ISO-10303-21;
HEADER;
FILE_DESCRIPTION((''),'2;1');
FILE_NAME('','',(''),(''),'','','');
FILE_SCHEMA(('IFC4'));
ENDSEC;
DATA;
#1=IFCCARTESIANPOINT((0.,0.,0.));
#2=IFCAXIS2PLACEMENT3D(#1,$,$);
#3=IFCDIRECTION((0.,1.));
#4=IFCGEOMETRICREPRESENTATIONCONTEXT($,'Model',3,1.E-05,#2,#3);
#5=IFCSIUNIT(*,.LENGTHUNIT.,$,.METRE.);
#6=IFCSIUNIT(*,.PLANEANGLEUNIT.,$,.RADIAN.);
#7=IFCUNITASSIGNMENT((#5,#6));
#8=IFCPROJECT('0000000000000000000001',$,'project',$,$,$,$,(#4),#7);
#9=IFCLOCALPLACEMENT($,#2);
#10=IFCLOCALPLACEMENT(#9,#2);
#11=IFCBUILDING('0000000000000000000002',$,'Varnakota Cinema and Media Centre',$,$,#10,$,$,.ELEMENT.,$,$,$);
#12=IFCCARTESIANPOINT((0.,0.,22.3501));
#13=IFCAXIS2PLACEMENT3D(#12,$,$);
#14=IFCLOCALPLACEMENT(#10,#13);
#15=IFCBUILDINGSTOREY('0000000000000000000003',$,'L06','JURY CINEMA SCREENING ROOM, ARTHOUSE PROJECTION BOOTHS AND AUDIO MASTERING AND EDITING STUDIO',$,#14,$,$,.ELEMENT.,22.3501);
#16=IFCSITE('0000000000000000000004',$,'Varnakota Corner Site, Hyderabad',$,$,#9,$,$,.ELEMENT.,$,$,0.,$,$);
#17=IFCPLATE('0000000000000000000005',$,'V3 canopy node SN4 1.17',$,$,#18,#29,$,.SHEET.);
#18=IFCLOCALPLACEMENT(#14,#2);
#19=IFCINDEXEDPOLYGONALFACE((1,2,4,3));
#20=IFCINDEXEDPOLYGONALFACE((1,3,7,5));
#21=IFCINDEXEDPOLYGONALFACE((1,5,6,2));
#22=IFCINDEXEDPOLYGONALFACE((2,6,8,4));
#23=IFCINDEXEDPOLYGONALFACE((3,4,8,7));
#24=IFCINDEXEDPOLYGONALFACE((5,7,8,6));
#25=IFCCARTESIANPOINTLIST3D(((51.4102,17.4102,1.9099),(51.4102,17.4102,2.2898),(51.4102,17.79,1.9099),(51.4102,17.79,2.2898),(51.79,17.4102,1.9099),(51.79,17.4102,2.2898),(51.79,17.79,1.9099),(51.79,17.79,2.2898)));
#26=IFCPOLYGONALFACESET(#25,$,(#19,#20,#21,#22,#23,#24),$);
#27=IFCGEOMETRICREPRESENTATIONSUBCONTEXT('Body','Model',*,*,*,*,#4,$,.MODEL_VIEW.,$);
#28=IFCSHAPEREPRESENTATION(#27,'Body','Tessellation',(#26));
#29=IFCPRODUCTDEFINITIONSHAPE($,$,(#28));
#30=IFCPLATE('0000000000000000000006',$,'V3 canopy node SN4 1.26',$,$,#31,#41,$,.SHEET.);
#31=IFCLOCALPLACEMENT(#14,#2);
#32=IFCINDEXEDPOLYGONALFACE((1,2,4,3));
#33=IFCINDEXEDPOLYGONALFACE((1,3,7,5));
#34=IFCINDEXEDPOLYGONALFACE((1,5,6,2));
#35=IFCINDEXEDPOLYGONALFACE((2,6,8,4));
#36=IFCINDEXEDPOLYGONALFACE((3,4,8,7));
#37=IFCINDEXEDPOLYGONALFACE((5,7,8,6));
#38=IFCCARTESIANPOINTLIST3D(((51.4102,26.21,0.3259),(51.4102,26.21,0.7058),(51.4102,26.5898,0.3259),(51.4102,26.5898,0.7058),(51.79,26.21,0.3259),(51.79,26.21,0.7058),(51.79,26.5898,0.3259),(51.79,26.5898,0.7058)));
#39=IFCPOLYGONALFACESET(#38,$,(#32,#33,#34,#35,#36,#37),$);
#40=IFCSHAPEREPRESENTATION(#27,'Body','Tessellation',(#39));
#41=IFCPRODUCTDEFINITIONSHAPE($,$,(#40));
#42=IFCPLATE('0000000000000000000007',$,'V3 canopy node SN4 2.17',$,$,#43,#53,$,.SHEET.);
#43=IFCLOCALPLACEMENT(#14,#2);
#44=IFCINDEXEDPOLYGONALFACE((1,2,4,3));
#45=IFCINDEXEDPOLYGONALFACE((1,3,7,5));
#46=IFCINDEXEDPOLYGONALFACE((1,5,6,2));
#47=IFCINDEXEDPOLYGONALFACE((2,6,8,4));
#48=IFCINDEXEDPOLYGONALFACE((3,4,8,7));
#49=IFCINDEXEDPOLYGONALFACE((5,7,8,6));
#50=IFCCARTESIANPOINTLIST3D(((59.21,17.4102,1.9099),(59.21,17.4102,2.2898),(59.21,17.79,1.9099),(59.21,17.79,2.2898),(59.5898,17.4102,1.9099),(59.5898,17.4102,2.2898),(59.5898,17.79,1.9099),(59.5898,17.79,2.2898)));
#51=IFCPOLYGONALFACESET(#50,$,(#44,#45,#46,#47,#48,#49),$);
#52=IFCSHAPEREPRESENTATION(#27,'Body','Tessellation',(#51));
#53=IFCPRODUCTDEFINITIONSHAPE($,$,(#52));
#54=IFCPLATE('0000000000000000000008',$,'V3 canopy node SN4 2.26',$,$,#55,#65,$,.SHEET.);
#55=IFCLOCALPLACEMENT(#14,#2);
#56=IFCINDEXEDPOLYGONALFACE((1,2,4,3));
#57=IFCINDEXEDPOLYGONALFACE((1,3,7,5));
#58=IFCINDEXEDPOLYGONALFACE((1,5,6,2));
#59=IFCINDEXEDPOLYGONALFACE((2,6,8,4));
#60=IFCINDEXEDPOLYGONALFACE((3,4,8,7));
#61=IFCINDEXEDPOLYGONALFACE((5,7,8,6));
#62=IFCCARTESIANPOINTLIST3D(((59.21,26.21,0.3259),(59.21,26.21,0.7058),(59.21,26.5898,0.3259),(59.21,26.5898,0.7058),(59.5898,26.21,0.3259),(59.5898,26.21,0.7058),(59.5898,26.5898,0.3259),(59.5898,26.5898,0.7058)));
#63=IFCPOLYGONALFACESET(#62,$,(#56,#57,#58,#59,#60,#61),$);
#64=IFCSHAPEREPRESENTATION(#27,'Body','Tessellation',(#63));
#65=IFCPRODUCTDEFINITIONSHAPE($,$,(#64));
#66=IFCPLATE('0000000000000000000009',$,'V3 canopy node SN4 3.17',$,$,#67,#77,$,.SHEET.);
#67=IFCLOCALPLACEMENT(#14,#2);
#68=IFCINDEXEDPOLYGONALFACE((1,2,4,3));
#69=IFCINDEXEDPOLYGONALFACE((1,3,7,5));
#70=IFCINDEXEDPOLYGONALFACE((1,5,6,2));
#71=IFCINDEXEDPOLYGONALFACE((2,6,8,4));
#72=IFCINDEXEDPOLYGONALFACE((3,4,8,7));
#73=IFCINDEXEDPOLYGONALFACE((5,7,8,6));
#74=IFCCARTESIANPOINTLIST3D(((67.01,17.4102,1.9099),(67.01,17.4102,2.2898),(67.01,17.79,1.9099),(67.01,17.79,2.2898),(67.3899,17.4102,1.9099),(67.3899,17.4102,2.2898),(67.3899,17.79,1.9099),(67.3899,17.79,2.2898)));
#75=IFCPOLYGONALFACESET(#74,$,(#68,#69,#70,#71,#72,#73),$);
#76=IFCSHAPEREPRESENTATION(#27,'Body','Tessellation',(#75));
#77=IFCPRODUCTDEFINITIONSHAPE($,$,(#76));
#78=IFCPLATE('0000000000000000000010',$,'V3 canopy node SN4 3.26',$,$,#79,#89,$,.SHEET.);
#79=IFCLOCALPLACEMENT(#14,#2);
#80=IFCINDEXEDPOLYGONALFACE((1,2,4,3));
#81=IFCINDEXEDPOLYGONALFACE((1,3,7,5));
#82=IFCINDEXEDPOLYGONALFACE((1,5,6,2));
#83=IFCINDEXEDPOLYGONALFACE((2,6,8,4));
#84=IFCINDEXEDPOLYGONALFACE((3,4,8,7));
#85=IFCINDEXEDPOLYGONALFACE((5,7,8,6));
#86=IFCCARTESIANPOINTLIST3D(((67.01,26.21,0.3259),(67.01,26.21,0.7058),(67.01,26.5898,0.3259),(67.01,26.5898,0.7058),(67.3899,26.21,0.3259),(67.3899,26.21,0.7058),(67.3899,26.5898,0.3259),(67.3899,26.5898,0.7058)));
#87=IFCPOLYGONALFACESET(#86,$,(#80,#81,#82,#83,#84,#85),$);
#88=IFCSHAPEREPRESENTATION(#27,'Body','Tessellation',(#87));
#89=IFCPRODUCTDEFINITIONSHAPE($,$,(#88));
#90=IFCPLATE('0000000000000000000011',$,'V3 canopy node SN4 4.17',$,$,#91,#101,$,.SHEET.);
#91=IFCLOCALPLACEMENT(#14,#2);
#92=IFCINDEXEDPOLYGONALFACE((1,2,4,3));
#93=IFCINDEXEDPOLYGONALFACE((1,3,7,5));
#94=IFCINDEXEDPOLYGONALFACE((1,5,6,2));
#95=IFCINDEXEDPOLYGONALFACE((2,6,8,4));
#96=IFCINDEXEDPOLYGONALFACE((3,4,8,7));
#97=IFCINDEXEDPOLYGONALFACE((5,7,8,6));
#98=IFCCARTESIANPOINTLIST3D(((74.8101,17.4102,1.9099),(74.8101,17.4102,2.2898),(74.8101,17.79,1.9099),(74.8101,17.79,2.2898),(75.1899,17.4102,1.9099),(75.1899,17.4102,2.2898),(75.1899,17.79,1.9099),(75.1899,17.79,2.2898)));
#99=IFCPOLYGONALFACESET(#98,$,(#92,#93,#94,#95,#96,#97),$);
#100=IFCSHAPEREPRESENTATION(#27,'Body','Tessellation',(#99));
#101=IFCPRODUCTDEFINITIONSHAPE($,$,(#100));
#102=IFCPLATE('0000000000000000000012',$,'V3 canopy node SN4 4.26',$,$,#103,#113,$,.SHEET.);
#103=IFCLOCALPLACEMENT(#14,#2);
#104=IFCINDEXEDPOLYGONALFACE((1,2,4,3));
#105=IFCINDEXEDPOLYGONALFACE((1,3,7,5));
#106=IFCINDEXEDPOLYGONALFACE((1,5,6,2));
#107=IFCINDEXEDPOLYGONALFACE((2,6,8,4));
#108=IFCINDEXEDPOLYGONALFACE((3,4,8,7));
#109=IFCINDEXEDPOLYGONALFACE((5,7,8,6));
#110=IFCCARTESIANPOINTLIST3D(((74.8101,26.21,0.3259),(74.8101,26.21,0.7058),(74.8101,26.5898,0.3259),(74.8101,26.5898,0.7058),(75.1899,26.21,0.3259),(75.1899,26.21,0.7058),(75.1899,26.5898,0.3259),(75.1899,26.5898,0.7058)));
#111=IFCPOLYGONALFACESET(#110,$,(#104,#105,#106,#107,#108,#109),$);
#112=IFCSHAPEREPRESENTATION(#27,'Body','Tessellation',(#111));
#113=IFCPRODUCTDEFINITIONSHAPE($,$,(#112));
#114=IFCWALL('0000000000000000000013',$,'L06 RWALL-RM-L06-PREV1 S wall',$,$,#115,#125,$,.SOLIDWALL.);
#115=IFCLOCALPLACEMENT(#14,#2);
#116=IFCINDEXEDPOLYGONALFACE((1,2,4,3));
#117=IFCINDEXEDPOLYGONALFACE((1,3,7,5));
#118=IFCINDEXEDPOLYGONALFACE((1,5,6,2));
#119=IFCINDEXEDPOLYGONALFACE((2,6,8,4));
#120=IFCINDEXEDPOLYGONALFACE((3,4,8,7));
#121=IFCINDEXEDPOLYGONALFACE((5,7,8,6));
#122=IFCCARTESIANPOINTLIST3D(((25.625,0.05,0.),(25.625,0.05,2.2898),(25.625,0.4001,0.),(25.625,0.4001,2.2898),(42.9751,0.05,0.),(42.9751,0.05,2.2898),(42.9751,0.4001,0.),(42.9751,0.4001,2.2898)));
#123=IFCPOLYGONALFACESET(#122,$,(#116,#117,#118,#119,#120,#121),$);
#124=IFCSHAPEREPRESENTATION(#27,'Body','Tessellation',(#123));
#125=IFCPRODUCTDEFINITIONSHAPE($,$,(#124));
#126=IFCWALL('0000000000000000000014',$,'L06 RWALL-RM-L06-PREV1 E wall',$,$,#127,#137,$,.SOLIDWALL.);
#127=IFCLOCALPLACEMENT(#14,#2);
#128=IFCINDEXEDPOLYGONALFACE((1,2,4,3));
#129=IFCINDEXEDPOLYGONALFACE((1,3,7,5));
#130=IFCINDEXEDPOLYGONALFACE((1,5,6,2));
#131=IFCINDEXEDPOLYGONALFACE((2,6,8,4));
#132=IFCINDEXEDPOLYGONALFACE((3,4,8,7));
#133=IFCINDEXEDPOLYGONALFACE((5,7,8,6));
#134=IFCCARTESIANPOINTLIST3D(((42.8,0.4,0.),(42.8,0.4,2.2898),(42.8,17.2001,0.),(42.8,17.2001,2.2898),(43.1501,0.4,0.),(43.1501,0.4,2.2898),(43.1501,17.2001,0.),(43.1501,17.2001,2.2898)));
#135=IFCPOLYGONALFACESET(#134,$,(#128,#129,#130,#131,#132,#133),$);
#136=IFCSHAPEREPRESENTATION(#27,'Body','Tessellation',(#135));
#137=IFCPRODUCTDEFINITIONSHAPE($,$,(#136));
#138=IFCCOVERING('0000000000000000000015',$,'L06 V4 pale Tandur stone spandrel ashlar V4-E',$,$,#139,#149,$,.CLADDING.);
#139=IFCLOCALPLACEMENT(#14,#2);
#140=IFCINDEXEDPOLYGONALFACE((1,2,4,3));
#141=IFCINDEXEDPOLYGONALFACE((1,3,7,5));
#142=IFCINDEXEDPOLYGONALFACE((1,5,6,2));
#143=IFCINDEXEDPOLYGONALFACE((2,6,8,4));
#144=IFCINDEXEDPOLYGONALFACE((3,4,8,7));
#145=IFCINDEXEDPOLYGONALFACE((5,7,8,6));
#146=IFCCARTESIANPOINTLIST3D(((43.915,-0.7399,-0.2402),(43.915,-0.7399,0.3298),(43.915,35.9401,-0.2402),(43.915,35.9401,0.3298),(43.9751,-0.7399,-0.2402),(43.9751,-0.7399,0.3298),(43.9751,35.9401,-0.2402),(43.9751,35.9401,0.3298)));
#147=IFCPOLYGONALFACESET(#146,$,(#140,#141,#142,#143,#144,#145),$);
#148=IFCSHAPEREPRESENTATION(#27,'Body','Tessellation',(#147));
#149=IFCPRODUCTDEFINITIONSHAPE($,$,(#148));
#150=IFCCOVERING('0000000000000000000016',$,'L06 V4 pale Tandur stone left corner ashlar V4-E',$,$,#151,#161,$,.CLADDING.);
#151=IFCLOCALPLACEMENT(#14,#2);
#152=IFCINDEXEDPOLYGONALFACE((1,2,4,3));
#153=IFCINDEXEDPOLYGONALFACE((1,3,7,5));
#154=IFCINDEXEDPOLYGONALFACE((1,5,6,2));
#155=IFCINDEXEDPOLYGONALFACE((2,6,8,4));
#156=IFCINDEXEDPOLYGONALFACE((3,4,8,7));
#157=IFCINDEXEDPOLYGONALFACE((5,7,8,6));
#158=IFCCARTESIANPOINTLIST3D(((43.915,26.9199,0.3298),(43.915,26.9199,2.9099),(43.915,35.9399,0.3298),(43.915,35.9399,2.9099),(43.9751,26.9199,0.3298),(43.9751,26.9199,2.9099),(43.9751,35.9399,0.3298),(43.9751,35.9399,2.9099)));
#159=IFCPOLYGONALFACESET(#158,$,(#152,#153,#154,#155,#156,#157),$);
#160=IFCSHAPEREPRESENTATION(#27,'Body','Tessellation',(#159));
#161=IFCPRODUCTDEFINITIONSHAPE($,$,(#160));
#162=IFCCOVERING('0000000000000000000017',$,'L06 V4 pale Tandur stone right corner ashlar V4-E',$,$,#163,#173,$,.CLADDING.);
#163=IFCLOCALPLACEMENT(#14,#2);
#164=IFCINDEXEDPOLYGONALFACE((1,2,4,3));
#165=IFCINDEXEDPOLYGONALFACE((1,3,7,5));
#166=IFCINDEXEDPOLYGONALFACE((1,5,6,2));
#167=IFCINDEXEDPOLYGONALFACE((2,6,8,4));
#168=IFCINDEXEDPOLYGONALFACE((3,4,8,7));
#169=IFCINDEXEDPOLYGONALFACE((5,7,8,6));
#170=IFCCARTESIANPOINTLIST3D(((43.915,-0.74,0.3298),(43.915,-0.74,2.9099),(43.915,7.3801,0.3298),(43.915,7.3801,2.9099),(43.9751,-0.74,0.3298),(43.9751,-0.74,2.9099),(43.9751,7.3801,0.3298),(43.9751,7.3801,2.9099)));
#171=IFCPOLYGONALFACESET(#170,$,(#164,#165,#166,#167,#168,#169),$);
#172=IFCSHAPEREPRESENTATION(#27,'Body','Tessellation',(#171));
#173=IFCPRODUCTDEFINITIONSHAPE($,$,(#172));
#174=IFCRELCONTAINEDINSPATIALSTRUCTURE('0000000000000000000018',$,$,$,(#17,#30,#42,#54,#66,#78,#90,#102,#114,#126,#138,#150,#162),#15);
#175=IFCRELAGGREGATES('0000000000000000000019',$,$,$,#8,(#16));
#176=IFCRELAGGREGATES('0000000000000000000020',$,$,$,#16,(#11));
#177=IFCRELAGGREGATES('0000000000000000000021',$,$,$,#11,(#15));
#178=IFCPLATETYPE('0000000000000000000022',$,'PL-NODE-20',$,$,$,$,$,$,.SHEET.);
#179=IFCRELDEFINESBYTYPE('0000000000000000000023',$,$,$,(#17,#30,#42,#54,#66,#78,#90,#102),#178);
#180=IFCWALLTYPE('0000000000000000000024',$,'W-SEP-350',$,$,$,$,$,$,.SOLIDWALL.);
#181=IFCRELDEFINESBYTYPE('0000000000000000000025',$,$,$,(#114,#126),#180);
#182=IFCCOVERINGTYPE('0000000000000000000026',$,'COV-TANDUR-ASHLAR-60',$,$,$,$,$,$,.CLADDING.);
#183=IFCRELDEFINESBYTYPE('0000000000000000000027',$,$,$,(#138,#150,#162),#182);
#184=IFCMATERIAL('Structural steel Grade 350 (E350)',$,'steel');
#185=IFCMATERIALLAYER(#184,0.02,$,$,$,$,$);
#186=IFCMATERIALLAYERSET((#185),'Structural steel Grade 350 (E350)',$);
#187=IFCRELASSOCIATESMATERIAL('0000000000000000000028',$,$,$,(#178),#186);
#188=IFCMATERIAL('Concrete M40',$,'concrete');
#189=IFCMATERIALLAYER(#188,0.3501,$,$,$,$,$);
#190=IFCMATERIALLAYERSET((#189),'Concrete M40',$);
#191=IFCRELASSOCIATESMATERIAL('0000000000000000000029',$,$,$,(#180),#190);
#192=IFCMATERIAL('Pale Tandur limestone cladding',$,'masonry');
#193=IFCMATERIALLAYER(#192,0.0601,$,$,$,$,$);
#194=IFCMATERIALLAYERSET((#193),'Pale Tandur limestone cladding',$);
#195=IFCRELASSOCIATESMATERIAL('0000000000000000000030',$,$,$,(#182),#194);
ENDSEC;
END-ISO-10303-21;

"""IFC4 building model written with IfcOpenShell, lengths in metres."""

from ifc_helpers import new_model, si_unit, direction, frame, frame_2d, origin, origin_2d, place, context, subcontext, project, spatial, rectangle, extrude, material, layer, layer_set, type_object, element, save


model = new_model("IFC4")

# Units and contexts
model_context = context("Model", 3, precision=1e-05, world=origin(), true_north=direction((0.0, 1.0)))
body_context = subcontext(model_context, "Body", "Model", "MODEL_VIEW")
ifc_project = project(units=[si_unit("LENGTHUNIT", "METRE"), si_unit("PLANEANGLEUNIT", "RADIAN")], contexts=[model_context])

# Site, building, storey
site_placement = place(None, origin())
site = spatial("IfcSite", under=ifc_project, at=site_placement, Name="Varnakota Corner Site, Hyderabad", CompositionType="ELEMENT", RefElevation=0.0)
building_placement = place(site_placement, origin())
building = spatial("IfcBuilding", under=site, at=building_placement, Name="Varnakota Cinema and Media Centre", CompositionType="ELEMENT")
storey_placement = place(building_placement, frame((0.0, 0.0, 22.3501)))
storey = spatial("IfcBuildingStorey", under=building, at=storey_placement, Name="L06", Description="JURY CINEMA SCREENING ROOM, ARTHOUSE PROJECTION BOOTHS AND AUDIO MASTERING AND EDITING STUDIO", CompositionType="ELEMENT", Elevation=22.3501)

# Plates
ifc_material_1 = material(Name="Structural steel Grade 350 (E350)", Category="steel")
ifc_layer_1 = layer(ifc_material_1, 0.02)
ifc_layer_set_1 = layer_set([ifc_layer_1], Name="Structural steel Grade 350 (E350)")
plate_type = type_object("IfcPlateType", Name="PL-NODE-20", PredefinedType="SHEET", material=ifc_layer_set_1)
for number, where, z_axis, x_axis, name in (
    (1, (51.6001, 17.6001, 1.9099), (0.0, 0.0, 1.0), (1.0, 0.0, 0.0), "V3 canopy node SN4 1.17"),
    (2, (51.6001, 26.3999, 0.3259), (0.0, 0.0, 1.0), (1.0, 0.0, 0.0), "V3 canopy node SN4 1.26"),
    (3, (59.3999, 17.6001, 1.9099), (0.0, 0.0, 1.0), (1.0, 0.0, 0.0), "V3 canopy node SN4 2.17"),
    (4, (59.3999, 26.3999, 0.3259), (0.0, 0.0, 1.0), (1.0, 0.0, 0.0), "V3 canopy node SN4 2.26"),
    (5, (67.2, 17.6001, 1.9099), (0.0, 0.0, 1.0), (1.0, 0.0, 0.0), "V3 canopy node SN4 3.17"),
    (6, (67.2, 26.3999, 0.3259), (0.0, 0.0, 1.0), (1.0, 0.0, 0.0), "V3 canopy node SN4 3.26"),
    (7, (75.0, 17.6001, 1.9099), (0.0, 0.0, 1.0), (1.0, 0.0, 0.0), "V3 canopy node SN4 4.17"),
    (8, (75.0, 26.3999, 0.3259), (0.0, 0.0, 1.0), (1.0, 0.0, 0.0), "V3 canopy node SN4 4.26"),
):
    element("IfcPlate", number, at=place(storey_placement, frame(where, z_axis=z_axis, x_axis=x_axis)), inside=storey, type_object=plate_type, Name=name, PredefinedType="SHEET", context=body_context, shape_type="SweptSolid", body=[
        extrude(rectangle(XDim=0.3799, YDim=0.3799, at=origin_2d()), origin(), (0.0, 0.0, 1.0), 0.3799),
    ])

# Walls
ifc_material_2 = material(Name="Concrete M40", Category="concrete")
ifc_layer_2 = layer(ifc_material_2, 0.3501)
ifc_layer_set_2 = layer_set([ifc_layer_2], Name="Concrete M40")
wall_type = type_object("IfcWallType", Name="W-SEP-350", PredefinedType="SOLIDWALL", material=ifc_layer_set_2)
wall_1_placement = place(storey_placement, frame((42.9751, 0.2251, 0.0), z_axis=(0.0, 0.0, 1.0), x_axis=(-1.0, 0.0, 0.0)))
element("IfcWall", 9, at=wall_1_placement, inside=storey, type_object=wall_type, Name="L06 RWALL-RM-L06-PREV1 S wall", PredefinedType="SOLIDWALL", context=body_context, shape_type="SweptSolid", body=[
    extrude(rectangle(XDim=17.3501, YDim=0.3501, at=frame_2d((8.675, 0.0))), origin(), (0.0, 0.0, 1.0), 2.2898),
])
wall_2_placement = place(storey_placement, frame((42.9751, 17.2, 0.0), z_axis=(0.0, 0.0, 1.0), x_axis=(0.0, -1.0, 0.0)))
element("IfcWall", 10, at=wall_2_placement, inside=storey, type_object=wall_type, Name="L06 RWALL-RM-L06-PREV1 E wall", PredefinedType="SOLIDWALL", context=body_context, shape_type="SweptSolid", body=[
    extrude(rectangle(XDim=16.8, YDim=0.3501, at=frame_2d((8.3999, 0.0))), origin(), (0.0, 0.0, 1.0), 2.2898),
])

# Coverings
ifc_material_3 = material(Name="Pale Tandur limestone cladding", Category="masonry")
ifc_layer_3 = layer(ifc_material_3, 0.0601)
ifc_layer_set_3 = layer_set([ifc_layer_3], Name="Pale Tandur limestone cladding")
covering_type = type_object("IfcCoveringType", Name="COV-TANDUR-ASHLAR-60", PredefinedType="CLADDING", material=ifc_layer_set_3)
covering_1_placement = place(storey_placement, frame((43.9451, 17.6001, -0.2402), z_axis=(0.0, 0.0, 1.0), x_axis=(0.0, -1.0, 0.0)))
element("IfcCovering", 11, at=covering_1_placement, inside=storey, type_object=covering_type, Name="L06 V4 pale Tandur stone spandrel ashlar V4-E", PredefinedType="CLADDING", context=body_context, shape_type="SweptSolid", body=[
    extrude(rectangle(XDim=36.6799, YDim=0.0601, at=origin_2d()), origin(), (0.0, 0.0, 1.0), 0.5701),
])
covering_2_placement = place(storey_placement, frame((43.9451, 31.4299, 0.3298), z_axis=(0.0, 0.0, 1.0), x_axis=(0.0, -1.0, 0.0)))
element("IfcCovering", 12, at=covering_2_placement, inside=storey, type_object=covering_type, Name="L06 V4 pale Tandur stone left corner ashlar V4-E", PredefinedType="CLADDING", context=body_context, shape_type="SweptSolid", body=[
    extrude(rectangle(XDim=9.02, YDim=0.0601, at=origin_2d()), origin(), (0.0, 0.0, 1.0), 2.5801),
])
covering_3_placement = place(storey_placement, frame((43.9451, 3.3201, 0.3298), z_axis=(0.0, 0.0, 1.0), x_axis=(0.0, -1.0, 0.0)))
element("IfcCovering", 13, at=covering_3_placement, inside=storey, type_object=covering_type, Name="L06 V4 pale Tandur stone right corner ashlar V4-E", PredefinedType="CLADDING", context=body_context, shape_type="SweptSolid", body=[
    extrude(rectangle(XDim=8.1201, YDim=0.0601, at=origin_2d()), origin(), (0.0, 0.0, 1.0), 2.5801),
])

save(model, "model.ifc")
